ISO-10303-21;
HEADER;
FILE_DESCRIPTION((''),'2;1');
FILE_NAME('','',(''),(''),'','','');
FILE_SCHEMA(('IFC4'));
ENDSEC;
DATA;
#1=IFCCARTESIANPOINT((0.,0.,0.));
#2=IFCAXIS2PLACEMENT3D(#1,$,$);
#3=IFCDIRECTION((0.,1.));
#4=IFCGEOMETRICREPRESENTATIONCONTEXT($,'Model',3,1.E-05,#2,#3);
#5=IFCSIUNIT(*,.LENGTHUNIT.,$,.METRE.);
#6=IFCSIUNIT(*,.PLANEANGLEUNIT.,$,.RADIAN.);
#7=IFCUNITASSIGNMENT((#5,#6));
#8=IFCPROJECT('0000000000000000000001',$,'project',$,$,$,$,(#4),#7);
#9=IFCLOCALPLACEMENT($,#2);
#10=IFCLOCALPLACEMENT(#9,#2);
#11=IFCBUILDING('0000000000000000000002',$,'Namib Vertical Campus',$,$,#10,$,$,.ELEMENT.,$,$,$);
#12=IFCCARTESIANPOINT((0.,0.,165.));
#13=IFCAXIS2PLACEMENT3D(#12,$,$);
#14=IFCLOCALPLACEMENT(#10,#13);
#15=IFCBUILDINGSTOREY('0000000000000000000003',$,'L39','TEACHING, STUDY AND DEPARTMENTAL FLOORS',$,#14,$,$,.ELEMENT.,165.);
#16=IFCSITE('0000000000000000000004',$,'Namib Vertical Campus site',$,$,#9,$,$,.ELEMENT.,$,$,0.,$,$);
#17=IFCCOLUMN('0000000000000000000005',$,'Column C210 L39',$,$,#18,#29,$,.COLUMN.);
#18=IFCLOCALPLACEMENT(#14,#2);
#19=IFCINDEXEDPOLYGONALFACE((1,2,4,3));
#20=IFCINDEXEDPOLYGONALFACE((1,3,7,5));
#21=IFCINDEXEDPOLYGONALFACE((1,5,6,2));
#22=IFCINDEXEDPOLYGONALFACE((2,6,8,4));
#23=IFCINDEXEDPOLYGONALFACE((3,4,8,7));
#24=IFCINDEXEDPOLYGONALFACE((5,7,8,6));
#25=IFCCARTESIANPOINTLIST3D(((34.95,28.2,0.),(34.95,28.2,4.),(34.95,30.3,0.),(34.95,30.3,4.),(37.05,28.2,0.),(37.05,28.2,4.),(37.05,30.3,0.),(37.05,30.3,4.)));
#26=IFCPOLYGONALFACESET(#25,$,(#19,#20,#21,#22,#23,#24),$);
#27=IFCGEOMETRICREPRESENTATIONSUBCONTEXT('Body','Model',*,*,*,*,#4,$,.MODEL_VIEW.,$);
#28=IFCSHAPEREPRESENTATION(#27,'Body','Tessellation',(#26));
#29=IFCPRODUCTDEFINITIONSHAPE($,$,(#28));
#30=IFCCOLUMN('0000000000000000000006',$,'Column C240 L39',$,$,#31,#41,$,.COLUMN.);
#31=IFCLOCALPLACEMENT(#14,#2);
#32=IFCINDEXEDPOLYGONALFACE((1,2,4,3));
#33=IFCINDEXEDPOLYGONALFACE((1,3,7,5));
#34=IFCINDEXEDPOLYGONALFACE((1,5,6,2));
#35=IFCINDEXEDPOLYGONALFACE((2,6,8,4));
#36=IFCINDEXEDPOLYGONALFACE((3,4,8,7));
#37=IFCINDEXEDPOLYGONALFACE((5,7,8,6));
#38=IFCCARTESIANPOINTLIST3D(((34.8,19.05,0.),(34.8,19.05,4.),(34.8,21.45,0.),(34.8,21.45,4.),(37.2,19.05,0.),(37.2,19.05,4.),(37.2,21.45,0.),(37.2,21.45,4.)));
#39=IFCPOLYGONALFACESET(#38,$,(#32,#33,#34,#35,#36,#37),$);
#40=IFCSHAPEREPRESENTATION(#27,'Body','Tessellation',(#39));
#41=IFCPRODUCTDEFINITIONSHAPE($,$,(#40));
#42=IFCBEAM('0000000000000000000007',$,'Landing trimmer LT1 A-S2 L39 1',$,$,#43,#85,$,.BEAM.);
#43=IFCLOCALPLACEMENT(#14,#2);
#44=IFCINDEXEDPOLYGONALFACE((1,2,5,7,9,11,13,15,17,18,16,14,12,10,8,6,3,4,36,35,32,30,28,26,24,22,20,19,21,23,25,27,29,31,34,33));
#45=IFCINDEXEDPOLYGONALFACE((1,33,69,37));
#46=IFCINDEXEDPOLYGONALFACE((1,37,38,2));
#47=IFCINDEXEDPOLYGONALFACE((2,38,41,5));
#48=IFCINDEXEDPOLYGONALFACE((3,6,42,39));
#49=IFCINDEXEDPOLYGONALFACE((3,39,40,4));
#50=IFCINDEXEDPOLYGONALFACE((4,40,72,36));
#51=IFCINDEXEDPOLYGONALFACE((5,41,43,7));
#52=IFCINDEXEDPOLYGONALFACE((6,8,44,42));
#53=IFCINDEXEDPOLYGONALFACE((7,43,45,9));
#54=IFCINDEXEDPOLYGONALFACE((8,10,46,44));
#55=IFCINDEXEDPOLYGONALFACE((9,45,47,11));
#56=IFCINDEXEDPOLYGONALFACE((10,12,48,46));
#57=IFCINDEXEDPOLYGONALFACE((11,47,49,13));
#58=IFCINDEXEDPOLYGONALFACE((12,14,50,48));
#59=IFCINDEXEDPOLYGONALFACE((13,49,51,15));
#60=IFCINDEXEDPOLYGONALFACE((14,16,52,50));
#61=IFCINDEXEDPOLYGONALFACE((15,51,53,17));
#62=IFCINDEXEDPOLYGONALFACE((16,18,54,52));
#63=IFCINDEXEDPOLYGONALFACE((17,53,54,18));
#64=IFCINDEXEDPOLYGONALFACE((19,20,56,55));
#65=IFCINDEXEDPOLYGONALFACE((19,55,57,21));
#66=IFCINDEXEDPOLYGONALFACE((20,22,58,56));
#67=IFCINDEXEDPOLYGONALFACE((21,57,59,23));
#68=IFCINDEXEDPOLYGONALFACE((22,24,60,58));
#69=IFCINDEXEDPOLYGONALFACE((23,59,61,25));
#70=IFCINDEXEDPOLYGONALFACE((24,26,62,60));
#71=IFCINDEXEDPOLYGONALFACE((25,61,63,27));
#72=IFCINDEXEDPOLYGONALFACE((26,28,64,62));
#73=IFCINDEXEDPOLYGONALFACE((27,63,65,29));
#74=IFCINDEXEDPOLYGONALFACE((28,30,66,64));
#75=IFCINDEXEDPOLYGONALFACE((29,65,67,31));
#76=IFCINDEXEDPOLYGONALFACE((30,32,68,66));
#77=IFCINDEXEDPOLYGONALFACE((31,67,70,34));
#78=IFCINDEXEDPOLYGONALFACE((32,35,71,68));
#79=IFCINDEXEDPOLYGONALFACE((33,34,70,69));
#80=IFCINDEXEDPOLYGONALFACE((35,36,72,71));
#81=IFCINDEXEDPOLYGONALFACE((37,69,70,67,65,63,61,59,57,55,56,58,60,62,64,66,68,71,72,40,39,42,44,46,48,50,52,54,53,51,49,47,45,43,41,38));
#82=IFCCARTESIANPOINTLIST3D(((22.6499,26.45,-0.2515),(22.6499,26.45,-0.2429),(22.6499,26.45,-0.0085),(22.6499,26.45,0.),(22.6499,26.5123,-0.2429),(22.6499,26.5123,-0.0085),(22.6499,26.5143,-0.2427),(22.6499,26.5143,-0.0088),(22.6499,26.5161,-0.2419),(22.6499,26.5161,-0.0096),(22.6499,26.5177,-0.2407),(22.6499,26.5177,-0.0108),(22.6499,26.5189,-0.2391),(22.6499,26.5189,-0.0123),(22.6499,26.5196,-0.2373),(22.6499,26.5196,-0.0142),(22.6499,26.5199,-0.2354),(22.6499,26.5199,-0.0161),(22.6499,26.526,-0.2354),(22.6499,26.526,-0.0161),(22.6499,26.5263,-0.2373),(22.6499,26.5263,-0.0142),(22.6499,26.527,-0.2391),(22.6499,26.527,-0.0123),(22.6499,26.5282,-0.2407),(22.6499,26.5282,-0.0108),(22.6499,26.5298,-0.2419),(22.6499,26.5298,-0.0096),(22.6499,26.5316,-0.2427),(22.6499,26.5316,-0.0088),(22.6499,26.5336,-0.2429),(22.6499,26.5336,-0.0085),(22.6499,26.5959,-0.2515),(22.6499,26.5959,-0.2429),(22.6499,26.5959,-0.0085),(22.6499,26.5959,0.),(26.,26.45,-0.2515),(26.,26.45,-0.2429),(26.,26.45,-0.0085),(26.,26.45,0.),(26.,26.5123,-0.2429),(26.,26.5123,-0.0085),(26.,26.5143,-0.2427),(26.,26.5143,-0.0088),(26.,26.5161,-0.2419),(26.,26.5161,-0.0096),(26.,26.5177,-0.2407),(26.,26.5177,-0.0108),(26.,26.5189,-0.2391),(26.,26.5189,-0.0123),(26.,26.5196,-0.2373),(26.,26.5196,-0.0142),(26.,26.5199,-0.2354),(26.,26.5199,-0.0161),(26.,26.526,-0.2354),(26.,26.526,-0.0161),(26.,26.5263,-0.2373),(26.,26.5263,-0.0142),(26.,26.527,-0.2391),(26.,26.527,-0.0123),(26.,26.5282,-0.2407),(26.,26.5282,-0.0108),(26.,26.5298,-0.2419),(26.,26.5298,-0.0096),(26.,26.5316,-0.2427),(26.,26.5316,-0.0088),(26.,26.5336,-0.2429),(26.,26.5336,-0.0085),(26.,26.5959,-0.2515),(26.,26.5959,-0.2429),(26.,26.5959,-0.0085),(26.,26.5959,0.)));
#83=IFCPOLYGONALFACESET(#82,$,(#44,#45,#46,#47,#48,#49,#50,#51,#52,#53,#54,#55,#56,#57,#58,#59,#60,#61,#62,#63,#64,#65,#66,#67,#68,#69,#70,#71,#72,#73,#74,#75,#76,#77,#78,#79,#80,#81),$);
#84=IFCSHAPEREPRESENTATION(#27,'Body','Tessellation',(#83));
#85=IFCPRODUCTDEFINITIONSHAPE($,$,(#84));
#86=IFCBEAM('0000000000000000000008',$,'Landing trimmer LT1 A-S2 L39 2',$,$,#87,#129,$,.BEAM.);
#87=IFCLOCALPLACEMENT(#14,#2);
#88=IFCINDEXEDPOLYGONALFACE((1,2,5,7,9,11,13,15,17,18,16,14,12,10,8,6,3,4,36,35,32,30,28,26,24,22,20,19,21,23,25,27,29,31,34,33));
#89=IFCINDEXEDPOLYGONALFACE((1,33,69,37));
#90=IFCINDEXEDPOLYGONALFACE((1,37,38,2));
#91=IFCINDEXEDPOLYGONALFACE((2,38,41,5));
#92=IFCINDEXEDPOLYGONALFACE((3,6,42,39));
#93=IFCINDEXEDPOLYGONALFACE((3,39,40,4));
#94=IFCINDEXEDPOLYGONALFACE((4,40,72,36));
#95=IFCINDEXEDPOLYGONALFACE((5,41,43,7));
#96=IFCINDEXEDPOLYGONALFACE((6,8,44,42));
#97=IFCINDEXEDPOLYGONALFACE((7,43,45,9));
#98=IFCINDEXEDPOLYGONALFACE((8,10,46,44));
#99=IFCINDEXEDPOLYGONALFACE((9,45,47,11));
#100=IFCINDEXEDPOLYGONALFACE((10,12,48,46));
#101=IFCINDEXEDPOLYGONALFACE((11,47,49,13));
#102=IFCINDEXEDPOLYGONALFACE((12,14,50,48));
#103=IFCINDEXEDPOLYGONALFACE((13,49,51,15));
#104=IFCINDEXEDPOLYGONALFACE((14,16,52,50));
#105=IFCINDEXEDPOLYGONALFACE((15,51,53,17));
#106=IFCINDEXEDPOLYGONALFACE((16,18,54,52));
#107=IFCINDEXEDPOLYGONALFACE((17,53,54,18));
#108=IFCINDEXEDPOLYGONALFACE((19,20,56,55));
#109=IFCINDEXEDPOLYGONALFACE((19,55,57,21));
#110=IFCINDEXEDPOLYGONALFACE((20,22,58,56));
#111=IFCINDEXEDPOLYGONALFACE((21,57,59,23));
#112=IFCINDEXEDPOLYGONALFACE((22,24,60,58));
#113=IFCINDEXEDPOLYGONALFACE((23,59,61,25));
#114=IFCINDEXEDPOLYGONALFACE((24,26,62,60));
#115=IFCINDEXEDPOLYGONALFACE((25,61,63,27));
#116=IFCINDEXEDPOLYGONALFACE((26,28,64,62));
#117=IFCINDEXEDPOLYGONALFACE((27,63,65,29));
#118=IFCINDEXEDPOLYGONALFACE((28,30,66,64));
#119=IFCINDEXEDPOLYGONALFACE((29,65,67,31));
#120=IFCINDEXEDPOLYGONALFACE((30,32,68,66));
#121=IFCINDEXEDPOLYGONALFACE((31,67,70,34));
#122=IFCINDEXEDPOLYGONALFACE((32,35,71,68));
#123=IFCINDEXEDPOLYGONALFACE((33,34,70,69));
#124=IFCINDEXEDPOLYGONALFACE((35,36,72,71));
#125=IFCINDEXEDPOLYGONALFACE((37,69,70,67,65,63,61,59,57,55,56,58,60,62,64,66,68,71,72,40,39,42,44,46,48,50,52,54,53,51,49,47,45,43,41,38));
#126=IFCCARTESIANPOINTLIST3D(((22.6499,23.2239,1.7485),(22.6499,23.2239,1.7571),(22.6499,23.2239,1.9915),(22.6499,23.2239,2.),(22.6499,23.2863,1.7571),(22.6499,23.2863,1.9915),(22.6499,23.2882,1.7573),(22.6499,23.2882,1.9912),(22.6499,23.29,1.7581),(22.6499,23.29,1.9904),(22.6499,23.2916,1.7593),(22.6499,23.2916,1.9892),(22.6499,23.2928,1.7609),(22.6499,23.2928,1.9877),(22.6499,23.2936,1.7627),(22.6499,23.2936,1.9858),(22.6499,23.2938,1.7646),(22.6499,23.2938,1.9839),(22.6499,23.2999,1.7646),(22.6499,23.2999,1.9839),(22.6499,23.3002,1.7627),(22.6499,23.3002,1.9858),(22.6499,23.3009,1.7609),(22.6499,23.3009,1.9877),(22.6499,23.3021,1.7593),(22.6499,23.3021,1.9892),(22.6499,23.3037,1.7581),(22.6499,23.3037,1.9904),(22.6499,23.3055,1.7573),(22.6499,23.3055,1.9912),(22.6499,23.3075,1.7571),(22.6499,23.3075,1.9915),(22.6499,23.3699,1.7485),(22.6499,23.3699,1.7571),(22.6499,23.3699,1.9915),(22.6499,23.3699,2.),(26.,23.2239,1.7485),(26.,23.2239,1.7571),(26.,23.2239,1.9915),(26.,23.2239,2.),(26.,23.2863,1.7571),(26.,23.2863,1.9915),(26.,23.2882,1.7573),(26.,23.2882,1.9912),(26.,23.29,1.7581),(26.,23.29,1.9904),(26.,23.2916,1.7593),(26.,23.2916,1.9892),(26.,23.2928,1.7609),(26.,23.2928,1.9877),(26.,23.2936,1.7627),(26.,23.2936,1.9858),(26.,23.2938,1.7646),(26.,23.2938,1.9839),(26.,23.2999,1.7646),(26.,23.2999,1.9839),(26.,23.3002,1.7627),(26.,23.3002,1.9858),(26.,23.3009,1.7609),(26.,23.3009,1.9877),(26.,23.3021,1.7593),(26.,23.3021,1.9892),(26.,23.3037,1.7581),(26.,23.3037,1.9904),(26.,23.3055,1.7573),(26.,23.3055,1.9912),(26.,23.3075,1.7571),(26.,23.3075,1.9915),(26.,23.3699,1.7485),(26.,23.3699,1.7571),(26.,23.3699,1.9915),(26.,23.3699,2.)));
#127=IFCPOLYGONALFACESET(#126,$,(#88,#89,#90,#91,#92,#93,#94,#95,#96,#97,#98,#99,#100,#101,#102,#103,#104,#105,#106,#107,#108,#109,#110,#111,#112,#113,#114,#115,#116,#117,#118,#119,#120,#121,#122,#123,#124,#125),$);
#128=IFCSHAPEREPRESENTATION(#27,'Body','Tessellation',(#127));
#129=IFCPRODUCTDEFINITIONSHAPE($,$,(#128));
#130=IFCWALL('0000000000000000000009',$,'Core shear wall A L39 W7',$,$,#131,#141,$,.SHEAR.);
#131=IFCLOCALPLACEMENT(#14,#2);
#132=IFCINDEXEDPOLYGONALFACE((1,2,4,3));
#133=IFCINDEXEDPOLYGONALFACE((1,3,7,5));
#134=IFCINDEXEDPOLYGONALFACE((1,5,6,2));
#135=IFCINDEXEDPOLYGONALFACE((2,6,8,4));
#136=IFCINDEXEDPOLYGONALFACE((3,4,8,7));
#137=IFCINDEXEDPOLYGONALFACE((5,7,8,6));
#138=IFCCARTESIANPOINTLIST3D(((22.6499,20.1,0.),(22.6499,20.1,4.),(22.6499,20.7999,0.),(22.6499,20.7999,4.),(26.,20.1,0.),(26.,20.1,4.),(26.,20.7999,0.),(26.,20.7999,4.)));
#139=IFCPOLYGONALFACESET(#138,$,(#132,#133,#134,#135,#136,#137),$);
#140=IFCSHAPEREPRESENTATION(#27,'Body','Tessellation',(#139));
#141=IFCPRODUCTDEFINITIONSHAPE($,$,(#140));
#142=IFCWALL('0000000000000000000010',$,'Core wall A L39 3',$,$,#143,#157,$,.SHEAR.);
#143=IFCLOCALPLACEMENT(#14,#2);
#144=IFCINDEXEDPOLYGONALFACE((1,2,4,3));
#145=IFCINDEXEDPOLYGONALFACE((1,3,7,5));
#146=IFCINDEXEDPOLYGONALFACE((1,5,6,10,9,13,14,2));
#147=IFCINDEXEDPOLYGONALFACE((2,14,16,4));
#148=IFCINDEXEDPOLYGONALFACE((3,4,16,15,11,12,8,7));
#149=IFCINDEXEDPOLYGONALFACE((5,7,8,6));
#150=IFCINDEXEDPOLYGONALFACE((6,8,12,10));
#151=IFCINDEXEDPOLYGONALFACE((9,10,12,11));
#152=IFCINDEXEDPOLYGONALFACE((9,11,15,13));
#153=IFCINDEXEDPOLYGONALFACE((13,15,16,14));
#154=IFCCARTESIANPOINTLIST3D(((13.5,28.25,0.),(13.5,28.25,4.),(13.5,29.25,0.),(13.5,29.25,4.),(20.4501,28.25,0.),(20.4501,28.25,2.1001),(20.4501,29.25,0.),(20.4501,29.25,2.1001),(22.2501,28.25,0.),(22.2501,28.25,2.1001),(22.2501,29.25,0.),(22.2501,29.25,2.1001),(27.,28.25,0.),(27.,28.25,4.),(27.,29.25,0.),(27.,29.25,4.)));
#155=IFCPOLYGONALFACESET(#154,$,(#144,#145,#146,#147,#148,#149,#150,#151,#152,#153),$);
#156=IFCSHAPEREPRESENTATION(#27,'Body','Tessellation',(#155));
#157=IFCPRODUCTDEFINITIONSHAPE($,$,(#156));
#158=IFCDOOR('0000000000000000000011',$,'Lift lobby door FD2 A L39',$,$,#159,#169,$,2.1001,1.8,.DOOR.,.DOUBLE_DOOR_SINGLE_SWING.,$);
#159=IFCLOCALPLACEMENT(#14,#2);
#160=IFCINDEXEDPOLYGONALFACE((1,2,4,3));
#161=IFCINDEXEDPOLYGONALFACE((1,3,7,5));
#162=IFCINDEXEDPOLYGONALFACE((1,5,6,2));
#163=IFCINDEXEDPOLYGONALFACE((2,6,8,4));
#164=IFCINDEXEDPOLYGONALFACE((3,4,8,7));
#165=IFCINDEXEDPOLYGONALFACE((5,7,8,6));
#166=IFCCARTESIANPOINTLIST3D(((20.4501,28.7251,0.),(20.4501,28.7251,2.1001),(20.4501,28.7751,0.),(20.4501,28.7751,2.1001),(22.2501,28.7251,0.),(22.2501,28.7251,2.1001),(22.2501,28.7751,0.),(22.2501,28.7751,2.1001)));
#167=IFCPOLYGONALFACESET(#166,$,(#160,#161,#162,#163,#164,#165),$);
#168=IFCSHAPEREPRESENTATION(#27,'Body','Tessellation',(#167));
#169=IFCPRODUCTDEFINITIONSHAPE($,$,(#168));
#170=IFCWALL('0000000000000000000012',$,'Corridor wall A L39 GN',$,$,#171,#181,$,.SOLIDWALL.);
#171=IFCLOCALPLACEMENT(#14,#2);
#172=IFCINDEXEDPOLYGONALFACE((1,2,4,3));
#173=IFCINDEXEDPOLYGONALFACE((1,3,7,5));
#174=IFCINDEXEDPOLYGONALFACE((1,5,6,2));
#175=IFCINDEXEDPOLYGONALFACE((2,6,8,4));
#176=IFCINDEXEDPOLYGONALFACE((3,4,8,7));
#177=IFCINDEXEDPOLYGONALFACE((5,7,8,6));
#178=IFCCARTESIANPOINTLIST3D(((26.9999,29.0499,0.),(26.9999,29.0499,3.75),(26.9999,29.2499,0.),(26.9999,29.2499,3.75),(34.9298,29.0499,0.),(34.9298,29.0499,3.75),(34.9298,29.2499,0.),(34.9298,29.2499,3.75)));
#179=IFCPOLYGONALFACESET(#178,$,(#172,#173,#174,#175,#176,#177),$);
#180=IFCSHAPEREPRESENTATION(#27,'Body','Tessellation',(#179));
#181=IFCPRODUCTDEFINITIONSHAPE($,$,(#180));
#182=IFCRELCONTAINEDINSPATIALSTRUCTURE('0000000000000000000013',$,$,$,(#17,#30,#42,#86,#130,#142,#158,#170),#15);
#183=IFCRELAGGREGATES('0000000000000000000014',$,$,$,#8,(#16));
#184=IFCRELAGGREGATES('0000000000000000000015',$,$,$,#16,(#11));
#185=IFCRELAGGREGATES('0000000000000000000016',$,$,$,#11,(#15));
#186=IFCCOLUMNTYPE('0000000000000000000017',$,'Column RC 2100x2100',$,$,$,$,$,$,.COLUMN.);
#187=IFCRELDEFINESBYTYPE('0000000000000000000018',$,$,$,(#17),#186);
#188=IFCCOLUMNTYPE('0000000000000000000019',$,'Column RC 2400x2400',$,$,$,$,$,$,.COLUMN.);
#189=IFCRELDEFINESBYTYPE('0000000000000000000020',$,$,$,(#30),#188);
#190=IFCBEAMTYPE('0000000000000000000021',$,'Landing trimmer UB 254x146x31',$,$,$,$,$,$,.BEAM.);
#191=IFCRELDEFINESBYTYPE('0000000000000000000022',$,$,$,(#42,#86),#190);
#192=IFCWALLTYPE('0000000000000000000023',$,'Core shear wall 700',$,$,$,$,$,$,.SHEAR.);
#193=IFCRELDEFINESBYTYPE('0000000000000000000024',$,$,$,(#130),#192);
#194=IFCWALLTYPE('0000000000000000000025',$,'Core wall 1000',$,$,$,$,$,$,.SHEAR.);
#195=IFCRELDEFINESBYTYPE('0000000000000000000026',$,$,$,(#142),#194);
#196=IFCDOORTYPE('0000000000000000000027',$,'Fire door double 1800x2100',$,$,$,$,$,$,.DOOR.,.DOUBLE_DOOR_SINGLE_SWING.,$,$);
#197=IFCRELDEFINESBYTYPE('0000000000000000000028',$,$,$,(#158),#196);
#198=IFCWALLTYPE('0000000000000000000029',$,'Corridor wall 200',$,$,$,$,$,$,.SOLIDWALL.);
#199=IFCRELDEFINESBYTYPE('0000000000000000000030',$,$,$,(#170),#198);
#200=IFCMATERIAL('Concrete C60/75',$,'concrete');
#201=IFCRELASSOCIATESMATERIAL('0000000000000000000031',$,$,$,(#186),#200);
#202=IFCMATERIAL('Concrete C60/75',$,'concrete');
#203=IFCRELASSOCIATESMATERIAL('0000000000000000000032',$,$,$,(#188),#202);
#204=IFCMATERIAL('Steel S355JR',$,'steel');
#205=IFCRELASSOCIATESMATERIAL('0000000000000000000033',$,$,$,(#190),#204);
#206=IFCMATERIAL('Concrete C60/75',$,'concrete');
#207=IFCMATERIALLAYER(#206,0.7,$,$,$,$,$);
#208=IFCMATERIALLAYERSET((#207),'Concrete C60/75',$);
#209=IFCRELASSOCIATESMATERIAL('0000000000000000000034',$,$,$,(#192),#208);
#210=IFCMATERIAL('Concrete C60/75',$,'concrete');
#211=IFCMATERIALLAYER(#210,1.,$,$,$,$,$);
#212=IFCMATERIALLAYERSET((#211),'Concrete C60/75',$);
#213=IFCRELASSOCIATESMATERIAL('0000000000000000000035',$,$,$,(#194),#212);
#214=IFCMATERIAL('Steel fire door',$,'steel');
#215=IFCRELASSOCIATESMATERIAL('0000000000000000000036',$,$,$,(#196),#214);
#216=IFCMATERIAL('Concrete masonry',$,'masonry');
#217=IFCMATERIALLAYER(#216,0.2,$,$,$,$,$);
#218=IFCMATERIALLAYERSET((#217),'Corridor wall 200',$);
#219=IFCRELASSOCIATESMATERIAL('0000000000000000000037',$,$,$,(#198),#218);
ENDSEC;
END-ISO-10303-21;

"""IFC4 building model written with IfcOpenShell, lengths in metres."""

from ifc_helpers import new_model, si_unit, direction, frame, frame_2d, origin, origin_2d, place, context, subcontext, project, spatial, rectangle, i_section, extrude, material, layer, layer_set, material_profile, profile_set, type_object, element, fill, save


model = new_model("IFC4")

# Units and contexts
model_context = context("Model", 3, precision=1e-05, world=origin(), true_north=direction((0.0, 1.0)))
body_context = subcontext(model_context, "Body", "Model", "MODEL_VIEW")
ifc_project = project(units=[si_unit("LENGTHUNIT", "METRE"), si_unit("PLANEANGLEUNIT", "RADIAN")], contexts=[model_context])

# Site, building, storey
site_placement = place(None, origin())
site = spatial("IfcSite", under=ifc_project, at=site_placement, Name="Namib Vertical Campus site", CompositionType="ELEMENT", RefElevation=0.0)
building_placement = place(site_placement, origin())
building = spatial("IfcBuilding", under=site, at=building_placement, Name="Namib Vertical Campus", CompositionType="ELEMENT")
storey_placement = place(building_placement, frame((0.0, 0.0, 165.0)))
storey = spatial("IfcBuildingStorey", under=building, at=storey_placement, Name="L39", Description="TEACHING, STUDY AND DEPARTMENTAL FLOORS", CompositionType="ELEMENT", Elevation=165.0)

# Columns
ifc_material_1 = material(Name="Concrete C60/75", Category="concrete")
ifc_material_profile_1 = material_profile(ifc_material_1, rectangle(XDim=2.1001, YDim=2.1001, at=origin_2d()))
ifc_profile_set_1 = profile_set([ifc_material_profile_1], Name="Concrete C60/75")
column_type_1 = type_object("IfcColumnType", Name="Column RC 2100x2100", PredefinedType="COLUMN", material=ifc_profile_set_1)
column_1_placement = place(storey_placement, frame((36.0, 29.25, 0.0), z_axis=(0.0, 0.0, 1.0), x_axis=(1.0, 0.0, 0.0)))
element("IfcColumn", 1, at=column_1_placement, inside=storey, type_object=column_type_1, Name="Column C210 L39", PredefinedType="COLUMN", context=body_context, shape_type="SweptSolid", body=[
    extrude(rectangle(XDim=2.1001, YDim=2.1001, at=origin_2d()), origin(), (0.0, 0.0, 1.0), 4.0),
])
ifc_material_2 = material(Name="Concrete C60/75", Category="concrete")
ifc_material_profile_2 = material_profile(ifc_material_2, rectangle(XDim=2.3999, YDim=2.3999, at=origin_2d()))
ifc_profile_set_2 = profile_set([ifc_material_profile_2], Name="Concrete C60/75")
column_type_2 = type_object("IfcColumnType", Name="Column RC 2400x2400", PredefinedType="COLUMN", material=ifc_profile_set_2)
column_2_placement = place(storey_placement, frame((36.0, 20.25, 0.0), z_axis=(0.0, 0.0, 1.0), x_axis=(1.0, 0.0, 0.0)))
element("IfcColumn", 2, at=column_2_placement, inside=storey, type_object=column_type_2, Name="Column C240 L39", PredefinedType="COLUMN", context=body_context, shape_type="SweptSolid", body=[
    extrude(rectangle(XDim=2.3999, YDim=2.3999, at=origin_2d()), origin(), (0.0, 0.0, 1.0), 4.0),
])

# Beams
ifc_material_3 = material(Name="Steel S355JR", Category="steel")
ifc_material_profile_3 = material_profile(ifc_material_3, i_section(OverallWidth=0.146, OverallDepth=0.2515, WebThickness=0.0061, FlangeThickness=0.0085, FilletRadius=0.0076, at=origin_2d()))
ifc_profile_set_3 = profile_set([ifc_material_profile_3], Name="Steel S355JR")
beam_type = type_object("IfcBeamType", Name="Landing trimmer UB 254x146x31", PredefinedType="BEAM", material=ifc_profile_set_3)
for number, where, z_axis, x_axis, name in (
    (3, (22.6499, 26.5229, -0.1257), (1.0, 0.0, 0.0), (0.0, 1.0, 0.0), "Landing trimmer LT1 A-S2 L39 1"),
    (4, (22.6499, 23.2969, 1.8743), (1.0, 0.0, 0.0), (0.0, 1.0, 0.0), "Landing trimmer LT1 A-S2 L39 2"),
):
    element("IfcBeam", number, at=place(storey_placement, frame(where, z_axis=z_axis, x_axis=x_axis)), inside=storey, type_object=beam_type, Name=name, PredefinedType="BEAM", context=body_context, shape_type="SweptSolid", body=[
        extrude(i_section(OverallWidth=0.146, OverallDepth=0.2515, WebThickness=0.0061, FlangeThickness=0.0085, FilletRadius=0.0076, at=origin_2d()), origin(), (0.0, 0.0, 1.0), 3.3501),
    ])

# Wall
ifc_material_4 = material(Name="Concrete C60/75", Category="concrete")
ifc_layer_1 = layer(ifc_material_4, 0.7)
ifc_layer_set_1 = layer_set([ifc_layer_1], Name="Concrete C60/75")
wall_type_1 = type_object("IfcWallType", Name="Core shear wall 700", PredefinedType="SHEAR", material=ifc_layer_set_1)
wall_1_placement = place(storey_placement, frame((22.6499, 20.45, 0.0), z_axis=(0.0, 0.0, 1.0), x_axis=(1.0, 0.0, 0.0)))
element("IfcWall", 5, at=wall_1_placement, inside=storey, type_object=wall_type_1, Name="Core shear wall A L39 W7", PredefinedType="SHEAR", context=body_context, shape_type="SweptSolid", body=[
    extrude(rectangle(XDim=3.3501, YDim=0.7, at=frame_2d((1.675, 0.0))), origin(), (0.0, 0.0, 1.0), 4.0),
])

# Wall, opening, door
ifc_material_5 = material(Name="Concrete C60/75", Category="concrete")
ifc_layer_2 = layer(ifc_material_5, 1.0)
ifc_layer_set_2 = layer_set([ifc_layer_2], Name="Concrete C60/75")
wall_type_2 = type_object("IfcWallType", Name="Core wall 1000", PredefinedType="SHEAR", material=ifc_layer_set_2)
wall_2_placement = place(storey_placement, frame((27.0, 28.75, 0.0), z_axis=(0.0, 0.0, 1.0), x_axis=(-1.0, 0.0, 0.0)))
wall_2 = element("IfcWall", 6, at=wall_2_placement, inside=storey, type_object=wall_type_2, Name="Core wall A L39 3", PredefinedType="SHEAR", context=body_context, shape_type="SweptSolid", body=[
    extrude(rectangle(XDim=13.5, YDim=1.0, at=frame_2d((6.75, 0.0))), origin(), (0.0, 0.0, 1.0), 4.0),
])
opening_1_placement = place(wall_2_placement, frame((4.75, 0.0, 0.0)))
opening_1 = element("IfcOpeningElement", 7, at=opening_1_placement, cuts=wall_2, PredefinedType="OPENING", context=body_context, shape_type="SweptSolid", body=[
    extrude(rectangle(XDim=1.8, YDim=2.1001, at=frame_2d((0.8999, 1.05))), frame((0.0, 0.51, 0.0), z_axis=(0.0, -1.0, 0.0), x_axis=(1.0, 0.0, 0.0)), (0.0, 0.0, 1.0), 1.02),
])
ifc_material_6 = material(Name="Steel fire door", Category="steel")
door_type_1 = type_object("IfcDoorType", Name="Fire door double 1800x2100", OperationType="DOUBLE_DOOR_SINGLE_SWING", PredefinedType="DOOR", material=ifc_material_6)
door_1_placement = place(opening_1_placement, origin())
door_1 = element("IfcDoor", 8, at=door_1_placement, inside=storey, type_object=door_type_1, Name="Lift lobby door FD2 A L39", OperationType="DOUBLE_DOOR_SINGLE_SWING", OverallHeight=2.1001, OverallWidth=1.8, PredefinedType="DOOR", context=body_context, shape_type="SweptSolid", body=[
    extrude(rectangle(XDim=1.8, YDim=2.1001, at=frame_2d((0.8999, 1.05))), frame((0.0, 0.0249, 0.0), z_axis=(0.0, -1.0, 0.0), x_axis=(1.0, 0.0, 0.0)), (0.0, 0.0, 1.0), 0.05),
])
fill(opening_1, door_1)

# Wall
ifc_material_7 = material(Name="Concrete masonry", Category="masonry")
ifc_layer_3 = layer(ifc_material_7, 0.2)
ifc_layer_set_3 = layer_set([ifc_layer_3], Name="Corridor wall 200")
wall_type_3 = type_object("IfcWallType", Name="Corridor wall 200", PredefinedType="SOLIDWALL", material=ifc_layer_set_3)
wall_3_placement = place(storey_placement, frame((27.0, 29.1499, 0.0), z_axis=(0.0, 0.0, 1.0), x_axis=(1.0, 0.0, 0.0)))
element("IfcWall", 9, at=wall_3_placement, inside=storey, type_object=wall_type_3, Name="Corridor wall A L39 GN", PredefinedType="SOLIDWALL", context=body_context, shape_type="SweptSolid", body=[
    extrude(rectangle(XDim=7.9299, YDim=0.2, at=frame_2d((3.9648, 0.0))), origin(), (0.0, 0.0, 1.0), 3.75),
])

save(model, "model.ifc")
